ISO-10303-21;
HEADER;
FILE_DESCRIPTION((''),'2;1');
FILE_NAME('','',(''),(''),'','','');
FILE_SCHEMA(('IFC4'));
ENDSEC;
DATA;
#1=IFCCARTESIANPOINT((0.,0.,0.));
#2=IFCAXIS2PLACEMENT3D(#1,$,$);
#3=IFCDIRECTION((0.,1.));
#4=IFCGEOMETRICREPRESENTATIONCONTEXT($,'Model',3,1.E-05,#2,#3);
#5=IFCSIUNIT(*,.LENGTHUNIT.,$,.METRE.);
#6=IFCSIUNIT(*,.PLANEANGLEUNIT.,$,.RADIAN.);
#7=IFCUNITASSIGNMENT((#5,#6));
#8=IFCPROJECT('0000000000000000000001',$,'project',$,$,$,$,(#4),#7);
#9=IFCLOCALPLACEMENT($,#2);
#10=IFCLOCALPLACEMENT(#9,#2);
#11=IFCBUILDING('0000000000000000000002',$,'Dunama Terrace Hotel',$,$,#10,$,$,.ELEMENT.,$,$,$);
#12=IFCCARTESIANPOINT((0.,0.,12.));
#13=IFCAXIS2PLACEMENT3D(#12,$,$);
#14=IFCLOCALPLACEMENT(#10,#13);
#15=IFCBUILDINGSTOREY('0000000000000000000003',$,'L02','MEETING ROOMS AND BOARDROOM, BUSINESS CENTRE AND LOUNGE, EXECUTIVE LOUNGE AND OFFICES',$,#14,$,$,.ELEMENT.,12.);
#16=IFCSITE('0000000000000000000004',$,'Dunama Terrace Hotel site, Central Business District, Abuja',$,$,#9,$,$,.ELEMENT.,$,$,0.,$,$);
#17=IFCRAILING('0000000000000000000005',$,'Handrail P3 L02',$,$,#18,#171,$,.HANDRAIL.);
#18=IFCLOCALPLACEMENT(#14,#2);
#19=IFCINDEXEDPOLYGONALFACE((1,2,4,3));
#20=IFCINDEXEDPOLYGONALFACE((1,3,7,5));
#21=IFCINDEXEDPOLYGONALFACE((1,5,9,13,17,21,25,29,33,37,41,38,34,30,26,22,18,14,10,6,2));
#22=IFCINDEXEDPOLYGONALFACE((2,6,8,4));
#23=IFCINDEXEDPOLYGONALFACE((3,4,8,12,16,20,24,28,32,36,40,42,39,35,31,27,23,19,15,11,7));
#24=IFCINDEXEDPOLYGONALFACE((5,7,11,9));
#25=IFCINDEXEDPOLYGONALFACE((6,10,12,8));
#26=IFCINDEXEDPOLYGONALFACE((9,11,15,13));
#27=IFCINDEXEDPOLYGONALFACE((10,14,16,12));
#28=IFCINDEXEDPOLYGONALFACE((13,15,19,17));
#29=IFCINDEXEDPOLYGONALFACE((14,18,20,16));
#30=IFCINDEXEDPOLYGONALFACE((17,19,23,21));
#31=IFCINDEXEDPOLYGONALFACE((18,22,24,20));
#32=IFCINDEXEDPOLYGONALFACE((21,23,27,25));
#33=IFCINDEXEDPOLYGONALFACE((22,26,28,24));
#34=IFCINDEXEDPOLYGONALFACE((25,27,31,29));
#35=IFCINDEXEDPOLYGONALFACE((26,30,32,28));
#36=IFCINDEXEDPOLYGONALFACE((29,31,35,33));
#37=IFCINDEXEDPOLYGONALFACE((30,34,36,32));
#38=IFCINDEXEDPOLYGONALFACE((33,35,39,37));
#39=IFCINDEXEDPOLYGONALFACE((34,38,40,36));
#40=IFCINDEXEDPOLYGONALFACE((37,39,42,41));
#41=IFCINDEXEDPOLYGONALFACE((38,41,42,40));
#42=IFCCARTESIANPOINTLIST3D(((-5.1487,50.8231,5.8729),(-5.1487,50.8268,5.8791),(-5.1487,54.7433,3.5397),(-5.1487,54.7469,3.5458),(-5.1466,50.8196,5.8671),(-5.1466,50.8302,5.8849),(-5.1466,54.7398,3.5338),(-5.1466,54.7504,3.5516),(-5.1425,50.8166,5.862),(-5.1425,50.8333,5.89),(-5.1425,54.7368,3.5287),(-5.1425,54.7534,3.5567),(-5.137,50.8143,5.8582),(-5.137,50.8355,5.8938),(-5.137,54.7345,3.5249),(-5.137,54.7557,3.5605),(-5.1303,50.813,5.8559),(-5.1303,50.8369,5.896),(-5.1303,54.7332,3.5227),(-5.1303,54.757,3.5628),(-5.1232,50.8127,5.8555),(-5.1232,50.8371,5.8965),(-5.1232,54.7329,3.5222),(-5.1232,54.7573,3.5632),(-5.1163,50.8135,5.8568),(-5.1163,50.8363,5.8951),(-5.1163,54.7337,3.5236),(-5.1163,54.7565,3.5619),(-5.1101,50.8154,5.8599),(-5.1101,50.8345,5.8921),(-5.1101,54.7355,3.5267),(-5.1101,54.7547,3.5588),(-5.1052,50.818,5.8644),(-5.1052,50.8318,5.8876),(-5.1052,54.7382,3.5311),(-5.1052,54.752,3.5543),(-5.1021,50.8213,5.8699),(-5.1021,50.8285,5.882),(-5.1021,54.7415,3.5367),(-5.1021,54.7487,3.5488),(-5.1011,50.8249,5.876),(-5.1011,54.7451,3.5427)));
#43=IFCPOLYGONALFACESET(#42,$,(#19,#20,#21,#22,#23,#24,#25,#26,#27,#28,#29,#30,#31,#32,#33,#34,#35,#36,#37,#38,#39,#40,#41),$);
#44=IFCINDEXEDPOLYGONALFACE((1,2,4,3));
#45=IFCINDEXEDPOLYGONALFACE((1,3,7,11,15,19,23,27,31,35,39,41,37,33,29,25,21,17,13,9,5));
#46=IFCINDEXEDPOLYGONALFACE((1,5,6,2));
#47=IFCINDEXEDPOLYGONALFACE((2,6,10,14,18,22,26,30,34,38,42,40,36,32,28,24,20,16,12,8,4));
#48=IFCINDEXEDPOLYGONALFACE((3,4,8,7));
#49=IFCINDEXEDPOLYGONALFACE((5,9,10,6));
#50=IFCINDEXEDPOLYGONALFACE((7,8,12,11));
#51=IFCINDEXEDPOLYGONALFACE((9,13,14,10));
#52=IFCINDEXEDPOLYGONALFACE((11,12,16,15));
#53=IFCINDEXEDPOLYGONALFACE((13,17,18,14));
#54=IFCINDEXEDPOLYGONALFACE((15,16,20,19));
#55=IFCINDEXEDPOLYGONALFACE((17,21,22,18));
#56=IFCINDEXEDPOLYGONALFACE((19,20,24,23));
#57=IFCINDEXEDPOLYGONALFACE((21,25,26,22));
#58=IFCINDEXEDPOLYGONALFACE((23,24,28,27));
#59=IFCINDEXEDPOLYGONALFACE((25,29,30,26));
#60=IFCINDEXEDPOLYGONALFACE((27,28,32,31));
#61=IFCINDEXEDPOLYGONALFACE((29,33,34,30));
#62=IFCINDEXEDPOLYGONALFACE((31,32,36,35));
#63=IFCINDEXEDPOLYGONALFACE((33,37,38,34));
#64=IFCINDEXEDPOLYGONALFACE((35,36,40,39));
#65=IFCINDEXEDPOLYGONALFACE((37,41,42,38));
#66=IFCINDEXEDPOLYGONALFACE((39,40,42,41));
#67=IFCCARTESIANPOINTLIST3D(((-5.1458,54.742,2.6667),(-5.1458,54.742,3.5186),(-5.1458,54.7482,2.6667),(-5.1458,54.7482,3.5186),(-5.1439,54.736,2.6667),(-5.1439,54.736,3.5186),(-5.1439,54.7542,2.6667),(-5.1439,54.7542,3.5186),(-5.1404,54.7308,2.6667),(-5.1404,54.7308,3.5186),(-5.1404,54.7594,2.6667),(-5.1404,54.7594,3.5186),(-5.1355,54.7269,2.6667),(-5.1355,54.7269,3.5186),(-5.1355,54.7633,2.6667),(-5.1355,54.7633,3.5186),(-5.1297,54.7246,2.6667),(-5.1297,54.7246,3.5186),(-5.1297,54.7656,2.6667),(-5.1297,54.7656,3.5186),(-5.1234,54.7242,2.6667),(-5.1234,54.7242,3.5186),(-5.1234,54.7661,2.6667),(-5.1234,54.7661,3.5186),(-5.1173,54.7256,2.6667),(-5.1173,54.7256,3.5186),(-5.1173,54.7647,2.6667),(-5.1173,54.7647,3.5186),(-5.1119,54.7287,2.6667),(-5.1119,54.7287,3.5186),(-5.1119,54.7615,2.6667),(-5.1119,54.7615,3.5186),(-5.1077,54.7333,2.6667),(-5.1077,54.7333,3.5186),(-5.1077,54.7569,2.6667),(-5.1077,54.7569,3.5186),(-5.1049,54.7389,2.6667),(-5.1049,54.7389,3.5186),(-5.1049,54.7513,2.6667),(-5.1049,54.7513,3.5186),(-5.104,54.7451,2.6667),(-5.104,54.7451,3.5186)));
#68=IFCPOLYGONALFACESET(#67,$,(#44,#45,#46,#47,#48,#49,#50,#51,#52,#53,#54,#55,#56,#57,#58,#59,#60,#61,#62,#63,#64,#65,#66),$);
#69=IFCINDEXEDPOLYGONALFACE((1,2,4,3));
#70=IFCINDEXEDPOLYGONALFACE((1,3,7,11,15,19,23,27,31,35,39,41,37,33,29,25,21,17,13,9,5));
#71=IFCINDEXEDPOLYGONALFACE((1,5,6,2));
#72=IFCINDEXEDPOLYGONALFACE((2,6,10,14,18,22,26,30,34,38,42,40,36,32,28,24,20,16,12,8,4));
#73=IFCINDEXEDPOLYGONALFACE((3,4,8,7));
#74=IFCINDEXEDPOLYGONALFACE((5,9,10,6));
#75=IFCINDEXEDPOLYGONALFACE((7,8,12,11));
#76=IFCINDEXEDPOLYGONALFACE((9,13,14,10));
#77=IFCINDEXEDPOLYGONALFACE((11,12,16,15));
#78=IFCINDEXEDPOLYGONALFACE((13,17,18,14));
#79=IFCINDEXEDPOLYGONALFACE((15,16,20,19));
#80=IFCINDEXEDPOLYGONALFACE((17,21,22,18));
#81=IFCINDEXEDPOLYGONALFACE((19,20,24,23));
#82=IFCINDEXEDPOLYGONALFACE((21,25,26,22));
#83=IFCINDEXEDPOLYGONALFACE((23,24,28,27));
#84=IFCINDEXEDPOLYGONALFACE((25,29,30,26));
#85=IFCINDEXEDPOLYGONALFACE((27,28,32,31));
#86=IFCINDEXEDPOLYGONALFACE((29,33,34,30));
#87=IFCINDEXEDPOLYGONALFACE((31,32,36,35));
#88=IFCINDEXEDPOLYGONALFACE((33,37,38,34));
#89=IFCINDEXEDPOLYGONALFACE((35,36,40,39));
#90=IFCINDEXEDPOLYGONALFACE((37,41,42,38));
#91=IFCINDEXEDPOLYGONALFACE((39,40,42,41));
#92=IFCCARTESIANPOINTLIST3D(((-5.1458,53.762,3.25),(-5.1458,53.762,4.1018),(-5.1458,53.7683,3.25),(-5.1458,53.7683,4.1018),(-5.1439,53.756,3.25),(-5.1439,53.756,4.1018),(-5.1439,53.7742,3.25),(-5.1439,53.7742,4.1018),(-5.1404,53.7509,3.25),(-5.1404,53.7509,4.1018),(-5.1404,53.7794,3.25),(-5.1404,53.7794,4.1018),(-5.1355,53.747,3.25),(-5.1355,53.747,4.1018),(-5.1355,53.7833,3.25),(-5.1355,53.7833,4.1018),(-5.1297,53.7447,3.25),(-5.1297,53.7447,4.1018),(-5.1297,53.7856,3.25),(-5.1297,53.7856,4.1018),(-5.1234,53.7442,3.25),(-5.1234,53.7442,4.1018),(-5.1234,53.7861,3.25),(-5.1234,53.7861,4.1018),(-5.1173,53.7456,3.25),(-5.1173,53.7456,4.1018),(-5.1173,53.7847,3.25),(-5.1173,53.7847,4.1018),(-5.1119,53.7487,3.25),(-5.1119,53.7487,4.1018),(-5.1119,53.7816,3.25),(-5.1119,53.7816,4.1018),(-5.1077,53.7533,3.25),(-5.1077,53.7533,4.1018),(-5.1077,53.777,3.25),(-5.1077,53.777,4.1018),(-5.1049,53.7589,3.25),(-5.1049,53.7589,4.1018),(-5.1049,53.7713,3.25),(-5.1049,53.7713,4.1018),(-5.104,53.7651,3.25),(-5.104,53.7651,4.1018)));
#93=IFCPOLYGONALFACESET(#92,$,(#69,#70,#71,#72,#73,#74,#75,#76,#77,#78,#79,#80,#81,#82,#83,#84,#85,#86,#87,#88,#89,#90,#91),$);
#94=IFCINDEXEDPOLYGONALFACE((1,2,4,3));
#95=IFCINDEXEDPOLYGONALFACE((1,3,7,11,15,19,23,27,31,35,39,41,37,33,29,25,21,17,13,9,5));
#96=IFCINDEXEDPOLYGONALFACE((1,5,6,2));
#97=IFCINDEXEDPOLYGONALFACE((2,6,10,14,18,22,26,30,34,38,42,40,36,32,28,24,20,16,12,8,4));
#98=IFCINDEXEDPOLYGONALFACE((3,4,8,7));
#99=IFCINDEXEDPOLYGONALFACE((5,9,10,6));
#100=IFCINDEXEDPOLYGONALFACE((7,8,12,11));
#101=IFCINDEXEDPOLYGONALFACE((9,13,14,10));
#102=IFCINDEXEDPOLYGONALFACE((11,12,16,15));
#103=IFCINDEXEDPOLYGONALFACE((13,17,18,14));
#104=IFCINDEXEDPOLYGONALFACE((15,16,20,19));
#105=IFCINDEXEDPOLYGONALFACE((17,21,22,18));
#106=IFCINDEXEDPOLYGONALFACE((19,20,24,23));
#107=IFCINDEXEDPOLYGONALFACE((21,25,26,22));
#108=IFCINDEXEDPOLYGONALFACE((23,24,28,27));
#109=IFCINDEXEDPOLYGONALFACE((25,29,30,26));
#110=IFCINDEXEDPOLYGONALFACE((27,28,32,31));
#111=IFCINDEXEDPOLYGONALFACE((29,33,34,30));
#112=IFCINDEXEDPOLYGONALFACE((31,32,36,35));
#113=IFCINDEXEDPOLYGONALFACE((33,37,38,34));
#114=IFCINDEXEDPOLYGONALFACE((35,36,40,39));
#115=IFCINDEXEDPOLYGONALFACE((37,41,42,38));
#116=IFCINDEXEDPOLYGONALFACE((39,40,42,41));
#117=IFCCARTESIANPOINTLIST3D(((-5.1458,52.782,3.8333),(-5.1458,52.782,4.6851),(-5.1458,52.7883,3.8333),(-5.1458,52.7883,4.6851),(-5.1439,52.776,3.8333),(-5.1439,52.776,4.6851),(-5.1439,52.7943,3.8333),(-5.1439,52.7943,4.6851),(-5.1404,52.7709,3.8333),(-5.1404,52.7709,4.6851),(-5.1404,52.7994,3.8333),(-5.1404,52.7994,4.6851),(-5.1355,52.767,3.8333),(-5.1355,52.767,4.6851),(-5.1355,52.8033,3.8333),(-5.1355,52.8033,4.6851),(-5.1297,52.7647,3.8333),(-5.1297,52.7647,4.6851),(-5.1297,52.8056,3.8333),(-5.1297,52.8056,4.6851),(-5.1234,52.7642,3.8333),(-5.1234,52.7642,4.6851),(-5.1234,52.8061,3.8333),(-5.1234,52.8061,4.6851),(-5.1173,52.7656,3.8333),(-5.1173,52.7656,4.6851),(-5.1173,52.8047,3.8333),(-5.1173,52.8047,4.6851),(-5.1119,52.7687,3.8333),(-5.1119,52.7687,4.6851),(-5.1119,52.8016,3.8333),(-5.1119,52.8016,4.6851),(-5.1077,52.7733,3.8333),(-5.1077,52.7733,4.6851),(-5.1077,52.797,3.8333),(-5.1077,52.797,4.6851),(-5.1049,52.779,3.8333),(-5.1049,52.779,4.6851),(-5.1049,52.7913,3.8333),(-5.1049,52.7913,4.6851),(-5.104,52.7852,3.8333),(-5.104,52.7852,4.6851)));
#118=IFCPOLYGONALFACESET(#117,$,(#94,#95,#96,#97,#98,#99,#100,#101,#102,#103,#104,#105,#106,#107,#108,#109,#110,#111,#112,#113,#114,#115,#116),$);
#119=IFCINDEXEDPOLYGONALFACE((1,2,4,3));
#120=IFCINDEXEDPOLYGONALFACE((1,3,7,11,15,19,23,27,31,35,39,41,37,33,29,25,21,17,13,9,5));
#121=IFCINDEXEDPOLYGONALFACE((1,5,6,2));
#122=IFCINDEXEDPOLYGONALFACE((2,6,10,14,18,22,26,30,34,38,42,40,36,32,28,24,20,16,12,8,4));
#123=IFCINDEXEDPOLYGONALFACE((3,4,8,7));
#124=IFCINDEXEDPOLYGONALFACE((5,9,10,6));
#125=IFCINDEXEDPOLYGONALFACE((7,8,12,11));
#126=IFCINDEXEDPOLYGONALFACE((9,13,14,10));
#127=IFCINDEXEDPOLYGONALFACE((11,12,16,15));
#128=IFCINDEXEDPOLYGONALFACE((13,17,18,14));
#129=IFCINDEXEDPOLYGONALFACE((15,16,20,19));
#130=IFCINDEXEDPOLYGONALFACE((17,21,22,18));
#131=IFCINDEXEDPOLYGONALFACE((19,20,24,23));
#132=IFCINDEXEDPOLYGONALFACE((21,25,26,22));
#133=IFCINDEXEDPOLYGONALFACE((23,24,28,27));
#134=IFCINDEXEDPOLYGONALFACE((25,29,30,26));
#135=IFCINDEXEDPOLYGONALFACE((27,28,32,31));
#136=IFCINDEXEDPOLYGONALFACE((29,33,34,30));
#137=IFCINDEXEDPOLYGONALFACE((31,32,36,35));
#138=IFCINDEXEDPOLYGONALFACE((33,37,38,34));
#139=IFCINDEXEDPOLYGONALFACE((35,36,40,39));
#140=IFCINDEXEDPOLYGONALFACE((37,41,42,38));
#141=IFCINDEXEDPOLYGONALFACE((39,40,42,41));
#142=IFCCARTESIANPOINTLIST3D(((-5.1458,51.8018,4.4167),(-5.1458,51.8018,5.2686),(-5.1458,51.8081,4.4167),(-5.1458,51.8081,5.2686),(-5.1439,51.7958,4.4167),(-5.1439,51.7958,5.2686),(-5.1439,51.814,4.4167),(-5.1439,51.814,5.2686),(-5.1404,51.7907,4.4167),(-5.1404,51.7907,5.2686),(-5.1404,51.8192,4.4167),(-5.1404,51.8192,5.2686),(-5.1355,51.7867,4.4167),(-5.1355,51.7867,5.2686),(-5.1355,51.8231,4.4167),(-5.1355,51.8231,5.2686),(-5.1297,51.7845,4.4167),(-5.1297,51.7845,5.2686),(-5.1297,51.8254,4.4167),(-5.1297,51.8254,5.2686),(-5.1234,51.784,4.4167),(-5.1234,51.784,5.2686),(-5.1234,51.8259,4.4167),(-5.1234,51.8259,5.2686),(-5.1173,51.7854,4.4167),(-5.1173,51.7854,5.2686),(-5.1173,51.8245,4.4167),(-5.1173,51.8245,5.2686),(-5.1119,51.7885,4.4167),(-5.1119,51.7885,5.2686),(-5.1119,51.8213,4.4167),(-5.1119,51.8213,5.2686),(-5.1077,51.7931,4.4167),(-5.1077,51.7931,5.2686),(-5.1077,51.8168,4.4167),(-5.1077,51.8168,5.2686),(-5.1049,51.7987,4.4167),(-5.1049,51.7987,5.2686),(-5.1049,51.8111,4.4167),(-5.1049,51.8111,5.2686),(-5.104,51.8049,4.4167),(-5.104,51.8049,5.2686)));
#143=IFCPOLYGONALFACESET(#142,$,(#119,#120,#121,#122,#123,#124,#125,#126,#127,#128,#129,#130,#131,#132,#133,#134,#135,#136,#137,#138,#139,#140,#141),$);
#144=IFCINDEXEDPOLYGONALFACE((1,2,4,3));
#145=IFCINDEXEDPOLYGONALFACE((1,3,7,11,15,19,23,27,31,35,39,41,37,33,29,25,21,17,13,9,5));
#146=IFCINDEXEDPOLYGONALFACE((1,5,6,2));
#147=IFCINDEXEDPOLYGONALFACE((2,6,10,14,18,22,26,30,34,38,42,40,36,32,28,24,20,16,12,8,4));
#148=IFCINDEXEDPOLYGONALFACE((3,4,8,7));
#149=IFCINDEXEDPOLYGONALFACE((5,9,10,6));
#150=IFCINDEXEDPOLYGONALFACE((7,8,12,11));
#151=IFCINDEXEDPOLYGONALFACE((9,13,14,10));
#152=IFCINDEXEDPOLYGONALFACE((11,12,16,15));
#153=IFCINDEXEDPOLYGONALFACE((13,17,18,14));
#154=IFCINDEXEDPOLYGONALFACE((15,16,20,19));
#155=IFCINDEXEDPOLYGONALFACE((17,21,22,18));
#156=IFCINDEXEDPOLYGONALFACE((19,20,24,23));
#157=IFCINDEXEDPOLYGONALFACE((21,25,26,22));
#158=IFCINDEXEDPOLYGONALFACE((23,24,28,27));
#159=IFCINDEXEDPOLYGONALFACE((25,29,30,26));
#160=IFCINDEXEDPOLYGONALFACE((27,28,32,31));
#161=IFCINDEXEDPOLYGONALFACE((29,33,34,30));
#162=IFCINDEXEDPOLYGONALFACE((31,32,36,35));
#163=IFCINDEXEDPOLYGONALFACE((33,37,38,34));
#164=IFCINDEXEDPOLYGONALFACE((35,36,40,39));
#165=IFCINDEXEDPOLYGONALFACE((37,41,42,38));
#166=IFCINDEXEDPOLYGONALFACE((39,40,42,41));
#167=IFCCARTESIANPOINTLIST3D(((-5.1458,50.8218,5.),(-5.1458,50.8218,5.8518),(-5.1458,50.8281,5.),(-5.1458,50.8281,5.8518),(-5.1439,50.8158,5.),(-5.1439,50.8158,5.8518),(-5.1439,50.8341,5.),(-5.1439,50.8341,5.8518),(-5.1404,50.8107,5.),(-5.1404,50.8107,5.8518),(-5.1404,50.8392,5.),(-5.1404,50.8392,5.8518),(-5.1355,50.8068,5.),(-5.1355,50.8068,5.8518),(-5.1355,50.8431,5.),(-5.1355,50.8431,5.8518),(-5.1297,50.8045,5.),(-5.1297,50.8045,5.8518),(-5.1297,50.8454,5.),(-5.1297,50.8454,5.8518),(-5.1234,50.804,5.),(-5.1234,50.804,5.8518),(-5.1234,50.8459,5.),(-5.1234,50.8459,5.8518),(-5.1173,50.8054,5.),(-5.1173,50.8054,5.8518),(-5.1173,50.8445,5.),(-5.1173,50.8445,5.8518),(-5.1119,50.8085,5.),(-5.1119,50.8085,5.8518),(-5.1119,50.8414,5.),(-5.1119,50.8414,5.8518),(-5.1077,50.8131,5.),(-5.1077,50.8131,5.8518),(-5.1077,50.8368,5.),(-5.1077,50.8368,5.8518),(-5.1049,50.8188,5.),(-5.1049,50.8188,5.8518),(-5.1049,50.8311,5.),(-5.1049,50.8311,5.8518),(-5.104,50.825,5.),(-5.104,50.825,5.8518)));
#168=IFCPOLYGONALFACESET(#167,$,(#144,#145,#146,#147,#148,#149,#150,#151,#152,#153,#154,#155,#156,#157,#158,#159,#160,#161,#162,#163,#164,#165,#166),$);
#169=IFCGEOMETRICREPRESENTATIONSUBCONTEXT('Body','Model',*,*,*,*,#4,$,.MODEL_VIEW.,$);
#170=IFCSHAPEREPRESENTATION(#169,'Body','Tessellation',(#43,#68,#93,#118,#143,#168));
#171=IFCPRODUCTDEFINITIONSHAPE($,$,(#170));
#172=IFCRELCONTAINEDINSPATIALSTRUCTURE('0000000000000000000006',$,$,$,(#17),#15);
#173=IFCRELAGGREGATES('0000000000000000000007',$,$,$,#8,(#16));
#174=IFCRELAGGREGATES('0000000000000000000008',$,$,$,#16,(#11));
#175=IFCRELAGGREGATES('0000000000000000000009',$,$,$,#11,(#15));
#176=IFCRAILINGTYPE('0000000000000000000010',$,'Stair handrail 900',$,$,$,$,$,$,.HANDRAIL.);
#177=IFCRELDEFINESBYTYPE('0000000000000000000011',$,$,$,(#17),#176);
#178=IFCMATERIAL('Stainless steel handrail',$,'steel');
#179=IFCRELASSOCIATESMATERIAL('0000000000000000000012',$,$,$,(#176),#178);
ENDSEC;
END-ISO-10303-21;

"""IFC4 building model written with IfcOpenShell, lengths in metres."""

from ifc_helpers import new_model, si_unit, direction, frame, origin, origin_2d, place, context, subcontext, project, spatial, circle, extrude, material, type_object, element, save


model = new_model("IFC4")

# Units and contexts
model_context = context("Model", 3, precision=1e-05, world=origin(), true_north=direction((0.0, 1.0)))
body_context = subcontext(model_context, "Body", "Model", "MODEL_VIEW")
ifc_project = project(units=[si_unit("LENGTHUNIT", "METRE"), si_unit("PLANEANGLEUNIT", "RADIAN")], contexts=[model_context])

# Site, building, storey
site_placement = place(None, origin())
site = spatial("IfcSite", under=ifc_project, at=site_placement, Name="Dunama Terrace Hotel site, Central Business District, Abuja", CompositionType="ELEMENT", RefElevation=0.0)
building_placement = place(site_placement, origin())
building = spatial("IfcBuilding", under=site, at=building_placement, Name="Dunama Terrace Hotel", CompositionType="ELEMENT")
storey_placement = place(building_placement, frame((0.0, 0.0, 12.0)))
storey = spatial("IfcBuildingStorey", under=building, at=storey_placement, Name="L02", Description="MEETING ROOMS AND BOARDROOM, BUSINESS CENTRE AND LOUNGE, EXECUTIVE LOUNGE AND OFFICES", CompositionType="ELEMENT", Elevation=12.0)

# Railing
ifc_material_1 = material(Name="Stainless steel handrail", Category="steel")
railing_type_1 = type_object("IfcRailingType", Name="Stair handrail 900", PredefinedType="HANDRAIL", material=ifc_material_1)
railing_1_placement = place(storey_placement, frame((-5.125, 54.7451, 2.6667)))
element("IfcRailing", 1, at=railing_1_placement, inside=storey, type_object=railing_type_1, Name="Handrail P3 L02", PredefinedType="HANDRAIL", context=body_context, shape_type="SweptSolid", body=[
    extrude(circle(Radius=0.0239, at=origin_2d()), frame((0.0, 0.0, 0.876), z_axis=(0.0, -0.85931, 0.511455), x_axis=(1.0, 0.0, 0.0)), (0.0, 0.0, 1.0), 4.562),
    extrude(circle(Radius=0.021, at=origin_2d()), origin(), (0.0, 0.0, 1.0), 0.8518),
    extrude(circle(Radius=0.021, at=origin_2d()), frame((0.0, -0.98, 0.5833)), (0.0, 0.0, 1.0), 0.8518),
    extrude(circle(Radius=0.021, at=origin_2d()), frame((0.0, -1.96, 1.1665)), (0.0, 0.0, 1.0), 0.8518),
    extrude(circle(Radius=0.021, at=origin_2d()), frame((0.0, -2.9402, 1.75)), (0.0, 0.0, 1.0), 0.8518),
    extrude(circle(Radius=0.021, at=origin_2d()), frame((0.0, -3.9202, 2.3333)), (0.0, 0.0, 1.0), 0.8518),
])

save(model, "model.ifc")
